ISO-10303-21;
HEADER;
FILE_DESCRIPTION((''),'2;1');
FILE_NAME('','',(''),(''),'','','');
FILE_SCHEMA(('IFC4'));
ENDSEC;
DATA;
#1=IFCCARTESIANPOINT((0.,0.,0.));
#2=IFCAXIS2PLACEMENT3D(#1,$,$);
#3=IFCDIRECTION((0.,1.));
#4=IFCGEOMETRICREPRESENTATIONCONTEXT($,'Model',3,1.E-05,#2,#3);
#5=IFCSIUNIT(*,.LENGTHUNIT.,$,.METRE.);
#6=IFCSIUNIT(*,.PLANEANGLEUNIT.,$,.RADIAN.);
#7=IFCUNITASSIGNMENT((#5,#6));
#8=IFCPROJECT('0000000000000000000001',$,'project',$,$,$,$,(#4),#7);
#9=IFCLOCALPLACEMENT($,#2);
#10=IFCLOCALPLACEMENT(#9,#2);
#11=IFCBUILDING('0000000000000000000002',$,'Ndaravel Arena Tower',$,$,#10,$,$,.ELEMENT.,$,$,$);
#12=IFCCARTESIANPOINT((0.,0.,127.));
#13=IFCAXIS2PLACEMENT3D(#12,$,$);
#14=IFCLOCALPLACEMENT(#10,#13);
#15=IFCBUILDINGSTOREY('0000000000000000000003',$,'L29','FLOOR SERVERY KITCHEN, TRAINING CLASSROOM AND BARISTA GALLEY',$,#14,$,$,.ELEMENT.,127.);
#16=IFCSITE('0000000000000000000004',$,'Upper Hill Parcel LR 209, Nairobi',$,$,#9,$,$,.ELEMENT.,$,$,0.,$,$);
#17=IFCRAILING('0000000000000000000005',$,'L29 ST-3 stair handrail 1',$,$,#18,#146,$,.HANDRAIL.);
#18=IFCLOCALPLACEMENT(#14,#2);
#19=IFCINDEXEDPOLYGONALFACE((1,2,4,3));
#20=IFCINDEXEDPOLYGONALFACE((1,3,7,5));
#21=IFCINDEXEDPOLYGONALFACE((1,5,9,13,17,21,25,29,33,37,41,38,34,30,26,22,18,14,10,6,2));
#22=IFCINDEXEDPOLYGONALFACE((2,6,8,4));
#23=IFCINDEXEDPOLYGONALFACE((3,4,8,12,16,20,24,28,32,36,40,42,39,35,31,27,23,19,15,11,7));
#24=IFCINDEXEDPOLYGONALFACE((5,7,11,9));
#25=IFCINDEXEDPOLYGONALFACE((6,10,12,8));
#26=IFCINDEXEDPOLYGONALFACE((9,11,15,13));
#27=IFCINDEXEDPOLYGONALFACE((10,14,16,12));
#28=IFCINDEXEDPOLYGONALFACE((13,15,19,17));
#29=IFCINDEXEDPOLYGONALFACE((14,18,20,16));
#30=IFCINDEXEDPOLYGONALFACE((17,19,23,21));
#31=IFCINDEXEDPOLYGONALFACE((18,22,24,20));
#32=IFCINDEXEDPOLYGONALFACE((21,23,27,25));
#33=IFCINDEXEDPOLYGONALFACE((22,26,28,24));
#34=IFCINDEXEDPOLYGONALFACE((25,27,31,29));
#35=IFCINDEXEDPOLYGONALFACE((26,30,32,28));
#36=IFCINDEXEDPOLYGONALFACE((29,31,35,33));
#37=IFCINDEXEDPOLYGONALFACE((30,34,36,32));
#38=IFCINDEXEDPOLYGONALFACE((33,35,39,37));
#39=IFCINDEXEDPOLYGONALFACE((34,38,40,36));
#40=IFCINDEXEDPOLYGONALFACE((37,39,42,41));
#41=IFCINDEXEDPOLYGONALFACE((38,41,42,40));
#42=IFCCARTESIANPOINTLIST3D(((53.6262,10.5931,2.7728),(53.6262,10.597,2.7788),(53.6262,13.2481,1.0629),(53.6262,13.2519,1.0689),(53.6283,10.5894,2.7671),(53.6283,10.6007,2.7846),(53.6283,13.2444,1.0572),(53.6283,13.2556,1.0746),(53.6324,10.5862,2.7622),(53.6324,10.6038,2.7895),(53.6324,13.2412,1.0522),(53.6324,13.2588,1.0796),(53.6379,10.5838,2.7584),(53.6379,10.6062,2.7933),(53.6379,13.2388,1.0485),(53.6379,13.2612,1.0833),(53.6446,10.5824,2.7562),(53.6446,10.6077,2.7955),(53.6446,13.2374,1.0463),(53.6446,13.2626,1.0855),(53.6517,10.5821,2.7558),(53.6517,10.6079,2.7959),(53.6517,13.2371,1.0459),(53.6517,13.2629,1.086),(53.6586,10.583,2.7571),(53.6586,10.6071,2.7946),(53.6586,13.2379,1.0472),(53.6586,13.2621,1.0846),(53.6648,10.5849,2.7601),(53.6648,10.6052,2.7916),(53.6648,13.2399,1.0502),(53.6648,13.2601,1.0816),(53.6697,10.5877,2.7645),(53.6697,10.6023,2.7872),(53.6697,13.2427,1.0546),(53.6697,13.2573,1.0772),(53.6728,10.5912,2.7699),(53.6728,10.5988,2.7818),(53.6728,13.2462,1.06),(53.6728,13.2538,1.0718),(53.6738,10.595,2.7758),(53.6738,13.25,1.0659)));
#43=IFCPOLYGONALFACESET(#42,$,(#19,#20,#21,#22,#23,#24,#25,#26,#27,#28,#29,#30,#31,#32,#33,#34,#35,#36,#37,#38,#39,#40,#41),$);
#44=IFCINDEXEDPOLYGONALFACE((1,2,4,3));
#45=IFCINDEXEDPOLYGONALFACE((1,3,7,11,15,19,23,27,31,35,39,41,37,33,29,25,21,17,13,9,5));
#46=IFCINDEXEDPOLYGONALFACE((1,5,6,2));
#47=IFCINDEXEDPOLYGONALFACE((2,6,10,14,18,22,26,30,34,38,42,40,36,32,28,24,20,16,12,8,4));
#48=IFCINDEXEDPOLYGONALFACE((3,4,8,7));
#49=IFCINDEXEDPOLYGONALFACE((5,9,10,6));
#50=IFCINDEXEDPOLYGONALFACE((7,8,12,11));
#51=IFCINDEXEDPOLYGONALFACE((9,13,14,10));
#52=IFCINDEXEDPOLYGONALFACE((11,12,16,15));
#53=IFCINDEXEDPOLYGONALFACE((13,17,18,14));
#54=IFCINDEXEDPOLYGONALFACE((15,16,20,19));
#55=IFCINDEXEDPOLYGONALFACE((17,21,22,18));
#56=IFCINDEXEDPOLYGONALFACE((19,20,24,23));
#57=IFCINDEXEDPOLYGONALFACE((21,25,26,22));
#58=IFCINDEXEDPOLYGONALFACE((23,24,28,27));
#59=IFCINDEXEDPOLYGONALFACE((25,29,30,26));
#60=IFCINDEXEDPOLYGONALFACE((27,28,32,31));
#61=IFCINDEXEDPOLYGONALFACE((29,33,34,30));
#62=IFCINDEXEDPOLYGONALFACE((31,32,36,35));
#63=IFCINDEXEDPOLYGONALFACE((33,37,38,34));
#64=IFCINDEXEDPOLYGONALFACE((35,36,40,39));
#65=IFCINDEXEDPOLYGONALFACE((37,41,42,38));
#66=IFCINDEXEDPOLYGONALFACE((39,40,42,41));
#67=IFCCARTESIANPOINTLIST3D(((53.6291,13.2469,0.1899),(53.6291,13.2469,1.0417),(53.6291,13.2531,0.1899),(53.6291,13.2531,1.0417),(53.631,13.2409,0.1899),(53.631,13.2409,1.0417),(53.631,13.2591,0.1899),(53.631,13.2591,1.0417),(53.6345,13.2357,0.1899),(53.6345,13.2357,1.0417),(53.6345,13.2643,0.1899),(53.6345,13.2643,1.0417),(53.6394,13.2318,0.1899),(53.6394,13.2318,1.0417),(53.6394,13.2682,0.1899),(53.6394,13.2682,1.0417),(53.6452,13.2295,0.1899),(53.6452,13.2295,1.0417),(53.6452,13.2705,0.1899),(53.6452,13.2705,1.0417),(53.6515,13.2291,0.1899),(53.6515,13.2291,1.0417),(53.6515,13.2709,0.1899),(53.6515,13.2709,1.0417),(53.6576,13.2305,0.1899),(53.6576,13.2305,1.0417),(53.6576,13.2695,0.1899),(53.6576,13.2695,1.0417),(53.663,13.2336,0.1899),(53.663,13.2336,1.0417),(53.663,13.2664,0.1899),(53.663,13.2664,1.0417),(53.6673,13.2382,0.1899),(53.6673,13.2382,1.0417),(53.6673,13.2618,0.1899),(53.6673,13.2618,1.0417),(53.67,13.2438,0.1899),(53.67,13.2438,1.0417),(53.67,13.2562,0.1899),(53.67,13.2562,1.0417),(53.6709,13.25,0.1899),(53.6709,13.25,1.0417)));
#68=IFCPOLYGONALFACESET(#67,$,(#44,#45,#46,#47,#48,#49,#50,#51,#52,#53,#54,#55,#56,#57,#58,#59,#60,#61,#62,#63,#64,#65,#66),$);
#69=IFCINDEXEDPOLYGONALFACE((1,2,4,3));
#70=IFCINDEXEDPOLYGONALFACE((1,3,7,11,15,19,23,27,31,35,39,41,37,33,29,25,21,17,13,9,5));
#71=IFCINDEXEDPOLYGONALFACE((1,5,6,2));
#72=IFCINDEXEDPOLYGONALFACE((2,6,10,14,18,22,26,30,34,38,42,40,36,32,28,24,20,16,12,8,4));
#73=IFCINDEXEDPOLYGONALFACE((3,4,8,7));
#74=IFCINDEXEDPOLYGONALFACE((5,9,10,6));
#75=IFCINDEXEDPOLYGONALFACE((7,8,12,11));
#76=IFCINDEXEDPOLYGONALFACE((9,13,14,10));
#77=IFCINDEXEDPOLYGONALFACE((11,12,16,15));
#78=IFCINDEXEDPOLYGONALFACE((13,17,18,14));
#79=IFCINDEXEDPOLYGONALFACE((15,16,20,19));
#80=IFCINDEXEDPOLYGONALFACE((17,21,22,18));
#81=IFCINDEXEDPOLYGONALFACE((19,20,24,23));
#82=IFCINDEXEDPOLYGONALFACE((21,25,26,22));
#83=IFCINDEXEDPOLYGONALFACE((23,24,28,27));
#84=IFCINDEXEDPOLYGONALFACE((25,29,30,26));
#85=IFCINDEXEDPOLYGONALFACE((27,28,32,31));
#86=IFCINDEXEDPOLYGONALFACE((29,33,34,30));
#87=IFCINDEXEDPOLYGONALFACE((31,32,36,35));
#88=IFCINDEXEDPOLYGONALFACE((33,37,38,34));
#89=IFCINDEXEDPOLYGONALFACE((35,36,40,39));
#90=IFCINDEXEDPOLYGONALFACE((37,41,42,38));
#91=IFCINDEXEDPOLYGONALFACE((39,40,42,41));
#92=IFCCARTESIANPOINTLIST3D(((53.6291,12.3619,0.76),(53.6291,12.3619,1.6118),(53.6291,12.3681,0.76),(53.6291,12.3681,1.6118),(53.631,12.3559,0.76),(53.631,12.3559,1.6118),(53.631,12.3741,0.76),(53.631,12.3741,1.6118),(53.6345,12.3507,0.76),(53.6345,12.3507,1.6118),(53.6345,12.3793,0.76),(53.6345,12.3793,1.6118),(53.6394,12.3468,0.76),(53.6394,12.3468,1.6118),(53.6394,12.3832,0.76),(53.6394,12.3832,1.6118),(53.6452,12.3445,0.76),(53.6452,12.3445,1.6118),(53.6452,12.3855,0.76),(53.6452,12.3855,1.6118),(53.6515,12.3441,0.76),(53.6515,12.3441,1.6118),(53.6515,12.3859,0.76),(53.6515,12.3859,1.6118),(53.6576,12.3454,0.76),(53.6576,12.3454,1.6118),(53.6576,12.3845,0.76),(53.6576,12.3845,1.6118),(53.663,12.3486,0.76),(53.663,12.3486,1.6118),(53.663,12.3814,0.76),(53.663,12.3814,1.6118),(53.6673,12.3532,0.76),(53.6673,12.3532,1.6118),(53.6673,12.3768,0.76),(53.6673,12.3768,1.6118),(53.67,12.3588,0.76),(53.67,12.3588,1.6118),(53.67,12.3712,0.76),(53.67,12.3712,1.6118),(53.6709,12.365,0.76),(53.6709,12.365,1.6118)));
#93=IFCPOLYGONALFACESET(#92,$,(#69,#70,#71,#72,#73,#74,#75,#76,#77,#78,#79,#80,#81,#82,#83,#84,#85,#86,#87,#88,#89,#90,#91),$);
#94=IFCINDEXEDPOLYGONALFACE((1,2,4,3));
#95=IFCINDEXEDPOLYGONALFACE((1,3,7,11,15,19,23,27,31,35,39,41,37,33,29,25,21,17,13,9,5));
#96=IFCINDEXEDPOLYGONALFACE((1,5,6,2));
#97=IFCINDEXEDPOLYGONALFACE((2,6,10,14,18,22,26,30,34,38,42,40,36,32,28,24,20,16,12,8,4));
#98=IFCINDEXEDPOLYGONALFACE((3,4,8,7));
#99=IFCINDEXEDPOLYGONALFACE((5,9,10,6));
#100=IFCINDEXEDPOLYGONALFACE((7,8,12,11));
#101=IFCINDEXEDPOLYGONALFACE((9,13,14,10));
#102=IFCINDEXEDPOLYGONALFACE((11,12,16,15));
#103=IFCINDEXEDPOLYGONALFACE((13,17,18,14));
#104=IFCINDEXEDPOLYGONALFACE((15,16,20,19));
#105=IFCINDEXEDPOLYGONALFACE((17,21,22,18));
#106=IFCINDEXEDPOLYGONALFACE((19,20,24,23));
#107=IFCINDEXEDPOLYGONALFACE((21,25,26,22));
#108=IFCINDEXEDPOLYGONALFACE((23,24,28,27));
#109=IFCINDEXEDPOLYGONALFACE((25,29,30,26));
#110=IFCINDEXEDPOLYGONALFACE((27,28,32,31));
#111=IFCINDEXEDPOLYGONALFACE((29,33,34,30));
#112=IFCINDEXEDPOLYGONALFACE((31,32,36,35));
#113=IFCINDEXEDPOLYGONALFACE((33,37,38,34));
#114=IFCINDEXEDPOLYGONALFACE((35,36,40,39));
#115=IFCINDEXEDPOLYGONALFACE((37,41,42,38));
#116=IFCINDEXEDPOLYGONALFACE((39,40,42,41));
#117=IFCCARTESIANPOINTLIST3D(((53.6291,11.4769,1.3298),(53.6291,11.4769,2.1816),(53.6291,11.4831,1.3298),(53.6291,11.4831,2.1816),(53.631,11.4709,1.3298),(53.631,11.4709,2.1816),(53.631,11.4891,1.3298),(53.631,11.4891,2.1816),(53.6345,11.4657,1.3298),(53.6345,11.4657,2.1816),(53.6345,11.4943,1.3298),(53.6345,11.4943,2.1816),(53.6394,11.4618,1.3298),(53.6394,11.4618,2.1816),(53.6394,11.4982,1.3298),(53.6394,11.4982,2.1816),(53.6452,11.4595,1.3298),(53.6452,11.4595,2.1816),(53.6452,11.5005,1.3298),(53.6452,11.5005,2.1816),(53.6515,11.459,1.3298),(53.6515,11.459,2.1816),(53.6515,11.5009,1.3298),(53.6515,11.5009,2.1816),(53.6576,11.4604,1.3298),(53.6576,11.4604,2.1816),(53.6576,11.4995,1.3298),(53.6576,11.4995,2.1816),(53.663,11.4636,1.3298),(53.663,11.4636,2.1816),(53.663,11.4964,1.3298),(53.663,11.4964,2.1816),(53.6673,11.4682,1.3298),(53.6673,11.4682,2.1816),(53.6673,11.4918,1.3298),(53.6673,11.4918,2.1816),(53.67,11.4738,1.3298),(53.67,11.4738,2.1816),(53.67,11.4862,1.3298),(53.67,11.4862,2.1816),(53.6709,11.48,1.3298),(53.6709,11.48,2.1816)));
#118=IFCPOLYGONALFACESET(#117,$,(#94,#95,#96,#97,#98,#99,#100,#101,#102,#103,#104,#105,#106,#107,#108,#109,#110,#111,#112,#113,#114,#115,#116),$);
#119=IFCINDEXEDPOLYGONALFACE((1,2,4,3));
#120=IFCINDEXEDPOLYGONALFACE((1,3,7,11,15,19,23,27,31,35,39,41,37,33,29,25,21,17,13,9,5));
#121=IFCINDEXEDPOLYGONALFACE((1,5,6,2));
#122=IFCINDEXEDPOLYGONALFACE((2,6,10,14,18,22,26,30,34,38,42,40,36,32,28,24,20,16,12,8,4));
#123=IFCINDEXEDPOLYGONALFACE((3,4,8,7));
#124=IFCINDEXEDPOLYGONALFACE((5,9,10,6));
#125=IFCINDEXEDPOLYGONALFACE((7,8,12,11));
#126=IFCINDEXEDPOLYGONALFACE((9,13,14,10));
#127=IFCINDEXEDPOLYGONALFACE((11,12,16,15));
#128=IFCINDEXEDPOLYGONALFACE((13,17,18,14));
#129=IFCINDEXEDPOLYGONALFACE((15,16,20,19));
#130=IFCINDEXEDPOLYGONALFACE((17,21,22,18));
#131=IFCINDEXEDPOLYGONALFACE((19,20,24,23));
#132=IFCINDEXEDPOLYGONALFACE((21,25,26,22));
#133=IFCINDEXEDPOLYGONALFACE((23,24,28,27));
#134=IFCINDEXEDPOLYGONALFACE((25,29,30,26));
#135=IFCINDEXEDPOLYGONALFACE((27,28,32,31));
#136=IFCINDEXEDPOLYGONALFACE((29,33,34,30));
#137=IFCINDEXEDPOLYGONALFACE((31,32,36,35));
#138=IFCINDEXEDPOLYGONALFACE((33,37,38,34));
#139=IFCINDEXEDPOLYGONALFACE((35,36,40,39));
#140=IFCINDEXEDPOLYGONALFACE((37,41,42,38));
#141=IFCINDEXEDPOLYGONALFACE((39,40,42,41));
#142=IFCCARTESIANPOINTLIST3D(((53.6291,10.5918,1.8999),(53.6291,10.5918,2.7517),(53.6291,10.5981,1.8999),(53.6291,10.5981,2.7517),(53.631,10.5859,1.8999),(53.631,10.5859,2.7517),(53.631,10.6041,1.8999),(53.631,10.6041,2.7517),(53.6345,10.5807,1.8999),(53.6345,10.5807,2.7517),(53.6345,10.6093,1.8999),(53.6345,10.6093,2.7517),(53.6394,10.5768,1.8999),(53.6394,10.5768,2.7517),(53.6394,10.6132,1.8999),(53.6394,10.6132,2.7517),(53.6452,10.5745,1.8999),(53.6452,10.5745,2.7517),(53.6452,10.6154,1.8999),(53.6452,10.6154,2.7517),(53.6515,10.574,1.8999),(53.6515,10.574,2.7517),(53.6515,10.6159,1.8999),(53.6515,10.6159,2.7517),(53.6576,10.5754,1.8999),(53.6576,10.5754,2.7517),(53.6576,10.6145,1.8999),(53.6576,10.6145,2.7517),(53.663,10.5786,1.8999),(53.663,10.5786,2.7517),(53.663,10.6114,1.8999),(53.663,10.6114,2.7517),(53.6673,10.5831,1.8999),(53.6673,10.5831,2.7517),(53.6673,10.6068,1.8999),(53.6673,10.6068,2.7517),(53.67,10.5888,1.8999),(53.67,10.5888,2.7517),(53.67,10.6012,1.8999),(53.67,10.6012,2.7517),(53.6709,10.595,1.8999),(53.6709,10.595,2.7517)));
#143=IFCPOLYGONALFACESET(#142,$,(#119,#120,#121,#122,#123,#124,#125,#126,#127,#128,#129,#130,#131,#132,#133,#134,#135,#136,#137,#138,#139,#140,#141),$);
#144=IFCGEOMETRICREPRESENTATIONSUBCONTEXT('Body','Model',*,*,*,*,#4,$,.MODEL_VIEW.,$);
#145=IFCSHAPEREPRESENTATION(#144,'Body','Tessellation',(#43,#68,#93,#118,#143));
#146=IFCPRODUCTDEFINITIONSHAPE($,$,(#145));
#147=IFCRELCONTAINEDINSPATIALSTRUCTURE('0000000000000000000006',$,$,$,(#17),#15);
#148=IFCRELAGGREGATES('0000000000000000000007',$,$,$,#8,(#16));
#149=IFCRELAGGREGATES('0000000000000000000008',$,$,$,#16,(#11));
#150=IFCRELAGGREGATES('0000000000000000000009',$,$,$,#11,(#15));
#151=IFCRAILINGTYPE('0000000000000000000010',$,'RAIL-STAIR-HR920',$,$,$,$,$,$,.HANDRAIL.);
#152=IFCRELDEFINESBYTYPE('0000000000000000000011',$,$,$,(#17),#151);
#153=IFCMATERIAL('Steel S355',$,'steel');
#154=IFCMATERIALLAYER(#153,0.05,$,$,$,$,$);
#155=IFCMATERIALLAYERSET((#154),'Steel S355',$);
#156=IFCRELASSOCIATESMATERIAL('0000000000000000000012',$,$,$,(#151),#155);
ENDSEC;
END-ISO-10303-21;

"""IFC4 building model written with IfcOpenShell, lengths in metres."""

from ifc_helpers import new_model, si_unit, direction, frame, origin, origin_2d, place, context, subcontext, project, spatial, circle, extrude, material, layer, layer_set, type_object, element, save


model = new_model("IFC4")

# Units and contexts
model_context = context("Model", 3, precision=1e-05, world=origin(), true_north=direction((0.0, 1.0)))
body_context = subcontext(model_context, "Body", "Model", "MODEL_VIEW")
ifc_project = project(units=[si_unit("LENGTHUNIT", "METRE"), si_unit("PLANEANGLEUNIT", "RADIAN")], contexts=[model_context])

# Site, building, storey
site_placement = place(None, origin())
site = spatial("IfcSite", under=ifc_project, at=site_placement, Name="Upper Hill Parcel LR 209, Nairobi", CompositionType="ELEMENT", RefElevation=0.0)
building_placement = place(site_placement, origin())
building = spatial("IfcBuilding", under=site, at=building_placement, Name="Ndaravel Arena Tower", CompositionType="ELEMENT")
storey_placement = place(building_placement, frame((0.0, 0.0, 127.0)))
storey = spatial("IfcBuildingStorey", under=building, at=storey_placement, Name="L29", Description="FLOOR SERVERY KITCHEN, TRAINING CLASSROOM AND BARISTA GALLEY", CompositionType="ELEMENT", Elevation=127.0)

# Railing
ifc_material_1 = material(Name="Steel S355", Category="steel")
ifc_layer_1 = layer(ifc_material_1, 0.05)
ifc_layer_set_1 = layer_set([ifc_layer_1], Name="Steel S355")
railing_type_1 = type_object("IfcRailingType", Name="RAIL-STAIR-HR920", PredefinedType="HANDRAIL", material=ifc_layer_set_1)
railing_1_placement = place(storey_placement, frame((53.6499, 13.25, 0.1899)))
element("IfcRailing", 1, at=railing_1_placement, inside=storey, type_object=railing_type_1, Name="L29 ST-3 stair handrail 1", PredefinedType="HANDRAIL", context=body_context, shape_type="SweptSolid", body=[
    extrude(circle(Radius=0.0239, at=origin_2d()), frame((0.0, 0.0, 0.876), z_axis=(0.0, -0.840724, 0.541465), x_axis=(1.0, 0.0, 0.0)), (0.0, 0.0, 1.0), 3.158),
    extrude(circle(Radius=0.021, at=origin_2d()), origin(), (0.0, 0.0, 1.0), 0.8518),
    extrude(circle(Radius=0.021, at=origin_2d()), frame((0.0, -0.885, 0.5701)), (0.0, 0.0, 1.0), 0.8518),
    extrude(circle(Radius=0.021, at=origin_2d()), frame((0.0, -1.77, 1.1399)), (0.0, 0.0, 1.0), 0.8518),
    extrude(circle(Radius=0.021, at=origin_2d()), frame((0.0, -2.655, 1.71)), (0.0, 0.0, 1.0), 0.8518),
])

save(model, "model.ifc")
